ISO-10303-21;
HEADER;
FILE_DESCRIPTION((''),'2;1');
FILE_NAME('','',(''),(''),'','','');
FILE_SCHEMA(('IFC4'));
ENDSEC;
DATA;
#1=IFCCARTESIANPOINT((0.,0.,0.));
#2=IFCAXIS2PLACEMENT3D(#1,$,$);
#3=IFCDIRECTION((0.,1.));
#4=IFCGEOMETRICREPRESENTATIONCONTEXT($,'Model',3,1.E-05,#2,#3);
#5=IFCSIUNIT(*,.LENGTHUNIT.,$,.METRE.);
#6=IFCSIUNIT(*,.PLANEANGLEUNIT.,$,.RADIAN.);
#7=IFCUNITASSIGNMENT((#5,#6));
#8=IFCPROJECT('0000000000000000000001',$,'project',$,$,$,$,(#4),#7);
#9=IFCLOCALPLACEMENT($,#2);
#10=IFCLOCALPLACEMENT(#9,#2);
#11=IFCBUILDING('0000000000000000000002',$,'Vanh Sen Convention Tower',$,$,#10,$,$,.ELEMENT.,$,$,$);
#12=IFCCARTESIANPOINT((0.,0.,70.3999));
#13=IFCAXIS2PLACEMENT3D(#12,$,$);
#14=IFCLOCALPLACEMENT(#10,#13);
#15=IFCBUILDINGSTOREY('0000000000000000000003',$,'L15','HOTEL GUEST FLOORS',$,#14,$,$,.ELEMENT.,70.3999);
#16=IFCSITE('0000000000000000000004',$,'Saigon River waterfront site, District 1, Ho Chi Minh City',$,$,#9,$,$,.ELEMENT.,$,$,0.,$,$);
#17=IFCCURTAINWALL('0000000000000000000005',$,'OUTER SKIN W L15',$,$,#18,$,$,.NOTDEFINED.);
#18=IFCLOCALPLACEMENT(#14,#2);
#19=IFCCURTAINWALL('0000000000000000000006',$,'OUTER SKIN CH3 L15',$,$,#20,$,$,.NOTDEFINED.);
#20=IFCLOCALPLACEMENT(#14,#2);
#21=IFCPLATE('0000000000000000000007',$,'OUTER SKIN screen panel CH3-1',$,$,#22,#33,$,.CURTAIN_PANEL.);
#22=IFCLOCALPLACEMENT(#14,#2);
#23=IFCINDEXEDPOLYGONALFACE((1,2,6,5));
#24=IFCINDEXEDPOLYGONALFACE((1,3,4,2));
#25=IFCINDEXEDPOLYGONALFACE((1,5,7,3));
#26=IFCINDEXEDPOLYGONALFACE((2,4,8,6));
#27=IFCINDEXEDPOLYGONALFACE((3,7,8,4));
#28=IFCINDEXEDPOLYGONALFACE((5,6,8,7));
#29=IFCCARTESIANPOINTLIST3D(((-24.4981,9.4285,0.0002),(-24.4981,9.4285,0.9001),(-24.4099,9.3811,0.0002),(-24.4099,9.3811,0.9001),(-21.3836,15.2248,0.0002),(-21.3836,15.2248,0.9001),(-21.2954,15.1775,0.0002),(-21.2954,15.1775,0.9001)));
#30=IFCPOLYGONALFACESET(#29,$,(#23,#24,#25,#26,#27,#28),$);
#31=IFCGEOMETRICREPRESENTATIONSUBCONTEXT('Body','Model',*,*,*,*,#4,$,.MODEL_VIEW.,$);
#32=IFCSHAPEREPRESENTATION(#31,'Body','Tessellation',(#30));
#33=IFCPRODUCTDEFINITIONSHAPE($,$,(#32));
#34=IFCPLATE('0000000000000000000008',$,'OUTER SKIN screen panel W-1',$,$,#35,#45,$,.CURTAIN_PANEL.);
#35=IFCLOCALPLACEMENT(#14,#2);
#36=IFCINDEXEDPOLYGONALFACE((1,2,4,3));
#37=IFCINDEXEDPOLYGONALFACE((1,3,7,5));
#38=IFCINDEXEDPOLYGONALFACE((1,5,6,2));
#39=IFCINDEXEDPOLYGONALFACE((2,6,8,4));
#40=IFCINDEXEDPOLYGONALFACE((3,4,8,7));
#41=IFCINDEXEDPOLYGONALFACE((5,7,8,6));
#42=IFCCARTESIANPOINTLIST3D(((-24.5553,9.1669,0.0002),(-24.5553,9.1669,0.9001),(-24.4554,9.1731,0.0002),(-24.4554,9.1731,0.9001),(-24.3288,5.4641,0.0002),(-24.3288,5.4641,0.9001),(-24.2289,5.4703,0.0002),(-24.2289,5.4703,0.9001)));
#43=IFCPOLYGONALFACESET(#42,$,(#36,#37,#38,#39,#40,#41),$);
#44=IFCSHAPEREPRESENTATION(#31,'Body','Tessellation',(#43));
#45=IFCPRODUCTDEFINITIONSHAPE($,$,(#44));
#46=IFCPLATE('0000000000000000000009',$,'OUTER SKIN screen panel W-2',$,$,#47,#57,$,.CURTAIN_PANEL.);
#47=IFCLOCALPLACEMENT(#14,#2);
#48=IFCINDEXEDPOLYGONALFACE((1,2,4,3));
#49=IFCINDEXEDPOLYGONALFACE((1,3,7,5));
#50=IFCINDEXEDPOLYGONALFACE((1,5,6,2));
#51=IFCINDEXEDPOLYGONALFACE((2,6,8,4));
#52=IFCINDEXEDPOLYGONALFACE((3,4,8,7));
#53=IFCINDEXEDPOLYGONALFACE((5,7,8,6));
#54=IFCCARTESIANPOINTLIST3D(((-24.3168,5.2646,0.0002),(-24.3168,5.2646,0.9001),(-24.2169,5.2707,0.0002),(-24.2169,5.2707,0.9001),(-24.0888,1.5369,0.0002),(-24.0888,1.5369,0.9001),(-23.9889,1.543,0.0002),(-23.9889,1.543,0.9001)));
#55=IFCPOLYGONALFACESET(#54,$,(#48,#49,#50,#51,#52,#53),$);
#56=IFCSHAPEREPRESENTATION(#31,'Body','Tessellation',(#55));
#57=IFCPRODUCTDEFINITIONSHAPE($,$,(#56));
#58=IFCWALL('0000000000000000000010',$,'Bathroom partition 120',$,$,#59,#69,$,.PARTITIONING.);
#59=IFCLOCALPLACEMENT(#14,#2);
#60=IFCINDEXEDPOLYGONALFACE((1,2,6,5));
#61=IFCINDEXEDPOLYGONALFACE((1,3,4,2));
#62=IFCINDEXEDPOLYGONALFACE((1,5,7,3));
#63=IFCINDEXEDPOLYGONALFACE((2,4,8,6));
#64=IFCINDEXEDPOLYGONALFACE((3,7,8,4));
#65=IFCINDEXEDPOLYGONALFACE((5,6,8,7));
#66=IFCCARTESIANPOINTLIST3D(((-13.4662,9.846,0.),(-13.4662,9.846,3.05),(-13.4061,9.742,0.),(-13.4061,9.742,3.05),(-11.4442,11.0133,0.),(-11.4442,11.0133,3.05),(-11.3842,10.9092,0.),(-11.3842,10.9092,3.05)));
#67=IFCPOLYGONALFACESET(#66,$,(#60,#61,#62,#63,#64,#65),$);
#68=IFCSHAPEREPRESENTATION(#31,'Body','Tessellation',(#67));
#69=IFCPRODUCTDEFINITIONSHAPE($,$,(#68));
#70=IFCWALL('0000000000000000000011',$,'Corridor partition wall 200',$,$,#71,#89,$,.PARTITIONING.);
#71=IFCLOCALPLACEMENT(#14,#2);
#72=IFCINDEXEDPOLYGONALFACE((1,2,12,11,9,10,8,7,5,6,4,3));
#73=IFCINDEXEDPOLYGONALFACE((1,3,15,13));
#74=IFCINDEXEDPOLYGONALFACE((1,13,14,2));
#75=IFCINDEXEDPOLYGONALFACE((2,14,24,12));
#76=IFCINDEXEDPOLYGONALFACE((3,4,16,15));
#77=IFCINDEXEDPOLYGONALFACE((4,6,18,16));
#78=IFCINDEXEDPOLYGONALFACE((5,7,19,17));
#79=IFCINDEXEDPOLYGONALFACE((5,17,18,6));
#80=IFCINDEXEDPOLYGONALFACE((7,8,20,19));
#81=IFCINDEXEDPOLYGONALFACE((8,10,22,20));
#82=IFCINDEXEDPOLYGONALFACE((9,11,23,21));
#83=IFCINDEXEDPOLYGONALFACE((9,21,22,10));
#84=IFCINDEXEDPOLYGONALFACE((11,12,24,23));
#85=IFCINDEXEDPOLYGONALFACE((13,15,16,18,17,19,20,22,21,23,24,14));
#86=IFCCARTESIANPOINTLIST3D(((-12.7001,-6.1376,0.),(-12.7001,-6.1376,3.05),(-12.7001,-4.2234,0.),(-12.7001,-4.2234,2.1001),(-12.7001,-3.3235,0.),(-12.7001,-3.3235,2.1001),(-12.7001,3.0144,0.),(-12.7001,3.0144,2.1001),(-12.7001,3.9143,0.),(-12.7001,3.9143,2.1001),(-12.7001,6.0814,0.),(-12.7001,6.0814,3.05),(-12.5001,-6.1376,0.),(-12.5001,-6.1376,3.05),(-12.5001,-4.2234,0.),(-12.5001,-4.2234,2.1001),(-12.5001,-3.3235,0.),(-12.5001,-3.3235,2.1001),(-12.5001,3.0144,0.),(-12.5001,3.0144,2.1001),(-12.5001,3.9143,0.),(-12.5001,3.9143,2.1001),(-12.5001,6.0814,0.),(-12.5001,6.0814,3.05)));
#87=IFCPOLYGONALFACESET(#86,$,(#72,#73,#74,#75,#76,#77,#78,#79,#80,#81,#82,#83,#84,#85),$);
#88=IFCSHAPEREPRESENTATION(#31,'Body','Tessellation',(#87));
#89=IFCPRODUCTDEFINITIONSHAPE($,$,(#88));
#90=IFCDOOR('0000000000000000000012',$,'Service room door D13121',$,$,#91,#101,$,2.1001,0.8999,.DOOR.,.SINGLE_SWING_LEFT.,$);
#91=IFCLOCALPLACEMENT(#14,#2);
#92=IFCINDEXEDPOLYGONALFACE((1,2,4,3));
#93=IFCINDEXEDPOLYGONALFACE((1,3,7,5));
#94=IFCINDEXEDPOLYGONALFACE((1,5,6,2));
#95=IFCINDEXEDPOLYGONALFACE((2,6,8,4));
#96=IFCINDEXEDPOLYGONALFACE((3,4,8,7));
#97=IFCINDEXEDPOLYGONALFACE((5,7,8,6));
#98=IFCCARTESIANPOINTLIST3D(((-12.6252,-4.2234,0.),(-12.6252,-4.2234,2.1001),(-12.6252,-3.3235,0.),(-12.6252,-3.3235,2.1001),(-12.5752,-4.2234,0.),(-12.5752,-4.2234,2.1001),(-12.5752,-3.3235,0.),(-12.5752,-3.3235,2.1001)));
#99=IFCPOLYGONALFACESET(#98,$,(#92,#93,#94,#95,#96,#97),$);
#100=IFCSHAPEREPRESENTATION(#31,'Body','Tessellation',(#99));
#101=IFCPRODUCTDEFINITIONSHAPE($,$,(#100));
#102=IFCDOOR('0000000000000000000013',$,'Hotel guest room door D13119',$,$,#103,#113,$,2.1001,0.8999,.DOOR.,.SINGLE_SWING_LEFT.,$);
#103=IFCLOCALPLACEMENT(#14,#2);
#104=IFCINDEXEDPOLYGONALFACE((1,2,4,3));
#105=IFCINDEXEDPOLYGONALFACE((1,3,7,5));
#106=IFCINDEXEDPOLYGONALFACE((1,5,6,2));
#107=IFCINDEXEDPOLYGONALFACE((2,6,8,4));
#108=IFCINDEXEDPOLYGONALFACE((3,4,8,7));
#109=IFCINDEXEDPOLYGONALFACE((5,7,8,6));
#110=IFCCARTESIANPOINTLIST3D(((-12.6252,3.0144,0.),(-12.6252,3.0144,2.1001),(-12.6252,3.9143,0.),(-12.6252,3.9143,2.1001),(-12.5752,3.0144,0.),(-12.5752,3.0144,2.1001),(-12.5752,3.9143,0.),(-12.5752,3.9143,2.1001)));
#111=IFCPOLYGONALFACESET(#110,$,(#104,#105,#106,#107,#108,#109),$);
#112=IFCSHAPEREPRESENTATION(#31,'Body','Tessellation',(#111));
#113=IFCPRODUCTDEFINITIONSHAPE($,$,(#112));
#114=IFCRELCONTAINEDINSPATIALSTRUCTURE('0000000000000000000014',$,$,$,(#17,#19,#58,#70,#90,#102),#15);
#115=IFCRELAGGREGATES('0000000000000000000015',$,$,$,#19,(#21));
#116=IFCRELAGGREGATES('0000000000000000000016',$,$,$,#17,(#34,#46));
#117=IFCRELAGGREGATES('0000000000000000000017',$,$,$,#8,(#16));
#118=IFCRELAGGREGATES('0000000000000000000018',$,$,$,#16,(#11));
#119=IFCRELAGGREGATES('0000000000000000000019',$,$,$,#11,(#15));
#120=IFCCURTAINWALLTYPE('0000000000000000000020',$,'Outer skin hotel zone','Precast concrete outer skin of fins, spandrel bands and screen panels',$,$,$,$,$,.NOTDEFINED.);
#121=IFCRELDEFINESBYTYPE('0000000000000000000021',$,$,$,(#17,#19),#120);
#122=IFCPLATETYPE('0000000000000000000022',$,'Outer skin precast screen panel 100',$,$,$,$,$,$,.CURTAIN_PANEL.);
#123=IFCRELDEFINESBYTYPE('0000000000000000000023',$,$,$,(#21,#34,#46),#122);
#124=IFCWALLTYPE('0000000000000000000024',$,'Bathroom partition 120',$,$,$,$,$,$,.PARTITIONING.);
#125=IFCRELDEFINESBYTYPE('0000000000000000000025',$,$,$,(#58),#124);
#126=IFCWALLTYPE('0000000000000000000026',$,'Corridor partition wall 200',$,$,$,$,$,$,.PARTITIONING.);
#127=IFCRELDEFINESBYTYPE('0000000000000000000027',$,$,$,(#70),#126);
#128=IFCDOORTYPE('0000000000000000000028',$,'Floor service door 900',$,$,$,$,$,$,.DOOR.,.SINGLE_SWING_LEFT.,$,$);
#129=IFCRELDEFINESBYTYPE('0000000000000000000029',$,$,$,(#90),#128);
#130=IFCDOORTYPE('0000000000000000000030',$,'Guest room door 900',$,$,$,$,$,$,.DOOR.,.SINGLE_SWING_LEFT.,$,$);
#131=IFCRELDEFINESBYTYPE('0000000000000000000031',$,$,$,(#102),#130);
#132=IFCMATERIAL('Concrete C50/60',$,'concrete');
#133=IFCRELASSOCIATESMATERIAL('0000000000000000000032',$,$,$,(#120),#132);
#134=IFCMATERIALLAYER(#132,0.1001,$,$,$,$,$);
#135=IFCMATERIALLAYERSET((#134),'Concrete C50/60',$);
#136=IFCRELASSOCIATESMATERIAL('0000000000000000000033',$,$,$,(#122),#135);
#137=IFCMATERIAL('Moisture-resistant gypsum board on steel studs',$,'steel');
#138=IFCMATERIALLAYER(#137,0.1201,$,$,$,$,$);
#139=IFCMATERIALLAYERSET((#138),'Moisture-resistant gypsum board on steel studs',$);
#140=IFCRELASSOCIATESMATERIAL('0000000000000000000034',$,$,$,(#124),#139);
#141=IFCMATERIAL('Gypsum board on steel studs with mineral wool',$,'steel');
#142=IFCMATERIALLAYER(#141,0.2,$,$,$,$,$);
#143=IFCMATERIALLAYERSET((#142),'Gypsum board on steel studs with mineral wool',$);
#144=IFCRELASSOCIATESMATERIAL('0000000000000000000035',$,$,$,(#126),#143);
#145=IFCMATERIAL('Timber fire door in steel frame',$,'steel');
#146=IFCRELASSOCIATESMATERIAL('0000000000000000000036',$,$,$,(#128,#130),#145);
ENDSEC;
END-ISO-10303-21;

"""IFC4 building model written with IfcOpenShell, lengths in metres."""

from ifc_helpers import new_model, si_unit, direction, frame, frame_2d, origin, origin_2d, place, context, subcontext, project, spatial, rectangle, extrude, material, layer, layer_set, type_object, element, fill, aggregate, save


model = new_model("IFC4")

# Units and contexts
model_context = context("Model", 3, precision=1e-05, world=origin(), true_north=direction((0.0, 1.0)))
body_context = subcontext(model_context, "Body", "Model", "MODEL_VIEW")
ifc_project = project(units=[si_unit("LENGTHUNIT", "METRE"), si_unit("PLANEANGLEUNIT", "RADIAN")], contexts=[model_context])

# Site, building, storey
site_placement = place(None, origin())
site = spatial("IfcSite", under=ifc_project, at=site_placement, Name="Saigon River waterfront site, District 1, Ho Chi Minh City", CompositionType="ELEMENT", RefElevation=0.0)
building_placement = place(site_placement, origin())
building = spatial("IfcBuilding", under=site, at=building_placement, Name="Vanh Sen Convention Tower", CompositionType="ELEMENT")
storey_placement = place(building_placement, frame((0.0, 0.0, 70.3999)))
storey = spatial("IfcBuildingStorey", under=building, at=storey_placement, Name="L15", Description="HOTEL GUEST FLOORS", CompositionType="ELEMENT", Elevation=70.3999)

# Curtain wall
ifc_material_1 = material(Name="Concrete C50/60", Category="concrete")
curtain_wall_type = type_object("IfcCurtainWallType", Name="Outer skin hotel zone", Description="Precast concrete outer skin of fins, spandrel bands and screen panels", PredefinedType="NOTDEFINED", material=ifc_material_1)
curtain_wall_1_placement = place(storey_placement, origin())
curtain_wall_1 = element("IfcCurtainWall", 1, at=curtain_wall_1_placement, inside=storey, type_object=curtain_wall_type, Name="OUTER SKIN W L15", PredefinedType="NOTDEFINED")

# Curtain wall, plate
curtain_wall_2_placement = place(storey_placement, origin())
curtain_wall_2 = element("IfcCurtainWall", 2, at=curtain_wall_2_placement, inside=storey, type_object=curtain_wall_type, Name="OUTER SKIN CH3 L15", PredefinedType="NOTDEFINED")
ifc_layer_1 = layer(ifc_material_1, 0.1001)
ifc_layer_set_1 = layer_set([ifc_layer_1], Name="Concrete C50/60")
plate_type = type_object("IfcPlateType", Name="Outer skin precast screen panel 100", PredefinedType="CURTAIN_PANEL", material=ifc_layer_set_1)
plate_1_placement = place(storey_placement, frame((-22.8967, 12.303, 0.0002), z_axis=(0.0, 0.0, 1.0), x_axis=(-0.473318, -0.880892, 0.0)))
plate_1 = element("IfcPlate", 3, at=plate_1_placement, type_object=plate_type, Name="OUTER SKIN screen panel CH3-1", PredefinedType="CURTAIN_PANEL", context=body_context, shape_type="SweptSolid", body=[
    extrude(rectangle(XDim=6.5801, YDim=0.1001, at=origin_2d()), origin(), (0.0, 0.0, 1.0), 0.8999),
])
aggregate(curtain_wall_2, [plate_1])

# Plates
plate_2_placement = place(storey_placement, frame((-24.3921, 7.3186, 0.0002), z_axis=(0.0, 0.0, 1.0), x_axis=(0.061047, -0.998135, 0.0)))
plate_2 = element("IfcPlate", 4, at=plate_2_placement, type_object=plate_type, Name="OUTER SKIN screen panel W-1", PredefinedType="CURTAIN_PANEL", context=body_context, shape_type="SweptSolid", body=[
    extrude(rectangle(XDim=3.7097, YDim=0.1001, at=origin_2d()), origin(), (0.0, 0.0, 1.0), 0.8999),
])
plate_3_placement = place(storey_placement, frame((-24.1528, 3.4038, 0.0002), z_axis=(0.0, 0.0, 1.0), x_axis=(0.061049, -0.998135, 0.0)))
plate_3 = element("IfcPlate", 5, at=plate_3_placement, type_object=plate_type, Name="OUTER SKIN screen panel W-2", PredefinedType="CURTAIN_PANEL", context=body_context, shape_type="SweptSolid", body=[
    extrude(rectangle(XDim=3.7346, YDim=0.1001, at=origin_2d()), origin(), (0.0, 0.0, 1.0), 0.8999),
])
aggregate(curtain_wall_1, [plate_2, plate_3])

# Wall
ifc_material_2 = material(Name="Moisture-resistant gypsum board on steel studs", Category="steel")
ifc_layer_2 = layer(ifc_material_2, 0.1201)
ifc_layer_set_2 = layer_set([ifc_layer_2], Name="Moisture-resistant gypsum board on steel studs")
wall_type_1 = type_object("IfcWallType", Name="Bathroom partition 120", PredefinedType="PARTITIONING", material=ifc_layer_set_2)
wall_1_placement = place(storey_placement, frame((-13.4363, 9.7939, 0.0), z_axis=(0.0, 0.0, 1.0), x_axis=(0.866053, 0.499952, 0.0)))
element("IfcWall", 6, at=wall_1_placement, inside=storey, type_object=wall_type_1, Name="Bathroom partition 120", PredefinedType="PARTITIONING", context=body_context, shape_type="SweptSolid", body=[
    extrude(rectangle(XDim=2.3347, YDim=0.1201, at=frame_2d((1.1675, 0.0))), origin(), (0.0, 0.0, 1.0), 3.05),
])

# Wall, openings, doors
ifc_material_3 = material(Name="Gypsum board on steel studs with mineral wool", Category="steel")
ifc_layer_3 = layer(ifc_material_3, 0.2)
ifc_layer_set_3 = layer_set([ifc_layer_3], Name="Gypsum board on steel studs with mineral wool")
wall_type_2 = type_object("IfcWallType", Name="Corridor partition wall 200", PredefinedType="PARTITIONING", material=ifc_layer_set_3)
wall_2_placement = place(storey_placement, frame((-12.6001, 6.0813, 0.0), z_axis=(0.0, 0.0, 1.0), x_axis=(0.0, -1.0, 0.0)))
wall_2 = element("IfcWall", 7, at=wall_2_placement, inside=storey, type_object=wall_type_2, Name="Corridor partition wall 200", PredefinedType="PARTITIONING", context=body_context, shape_type="SweptSolid", body=[
    extrude(rectangle(XDim=12.219, YDim=0.2, at=frame_2d((6.1094, 0.0))), origin(), (0.0, 0.0, 1.0), 3.05),
])
opening_1_placement = place(wall_2_placement, frame((2.167, 0.0, 0.0)))
opening_1 = element("IfcOpeningElement", 8, at=opening_1_placement, cuts=wall_2, PredefinedType="OPENING", context=body_context, shape_type="SweptSolid", body=[
    extrude(rectangle(XDim=0.8999, YDim=2.1001, at=frame_2d((0.45, 1.05))), frame((0.0, 0.1099, 0.0), z_axis=(0.0, -1.0, 0.0), x_axis=(1.0, 0.0, 0.0)), (0.0, 0.0, 1.0), 0.22),
])
opening_2_placement = place(wall_2_placement, frame((9.4048, 0.0, 0.0)))
opening_2 = element("IfcOpeningElement", 9, at=opening_2_placement, cuts=wall_2, PredefinedType="OPENING", context=body_context, shape_type="SweptSolid", body=[
    extrude(rectangle(XDim=0.8999, YDim=2.1001, at=frame_2d((0.45, 1.05))), frame((0.0, 0.1099, 0.0), z_axis=(0.0, -1.0, 0.0), x_axis=(1.0, 0.0, 0.0)), (0.0, 0.0, 1.0), 0.22),
])
ifc_material_4 = material(Name="Timber fire door in steel frame", Category="steel")
door_type_1 = type_object("IfcDoorType", Name="Floor service door 900", OperationType="SINGLE_SWING_LEFT", PredefinedType="DOOR", material=ifc_material_4)
door_1_placement = place(opening_2_placement, origin())
door_1 = element("IfcDoor", 10, at=door_1_placement, inside=storey, type_object=door_type_1, Name="Service room door D13121", OperationType="SINGLE_SWING_LEFT", OverallHeight=2.1001, OverallWidth=0.8999, PredefinedType="DOOR", context=body_context, shape_type="SweptSolid", body=[
    extrude(rectangle(XDim=0.8999, YDim=2.1001, at=frame_2d((0.45, 1.05))), frame((0.0, 0.0249, 0.0), z_axis=(0.0, -1.0, 0.0), x_axis=(1.0, 0.0, 0.0)), (0.0, 0.0, 1.0), 0.05),
])
fill(opening_2, door_1)
door_type_2 = type_object("IfcDoorType", Name="Guest room door 900", OperationType="SINGLE_SWING_LEFT", PredefinedType="DOOR", material=ifc_material_4)
door_2_placement = place(opening_1_placement, origin())
door_2 = element("IfcDoor", 11, at=door_2_placement, inside=storey, type_object=door_type_2, Name="Hotel guest room door D13119", OperationType="SINGLE_SWING_LEFT", OverallHeight=2.1001, OverallWidth=0.8999, PredefinedType="DOOR", context=body_context, shape_type="SweptSolid", body=[
    extrude(rectangle(XDim=0.8999, YDim=2.1001, at=frame_2d((0.45, 1.05))), frame((0.0, 0.0249, 0.0), z_axis=(0.0, -1.0, 0.0), x_axis=(1.0, 0.0, 0.0)), (0.0, 0.0, 1.0), 0.05),
])
fill(opening_1, door_2)

save(model, "model.ifc")
